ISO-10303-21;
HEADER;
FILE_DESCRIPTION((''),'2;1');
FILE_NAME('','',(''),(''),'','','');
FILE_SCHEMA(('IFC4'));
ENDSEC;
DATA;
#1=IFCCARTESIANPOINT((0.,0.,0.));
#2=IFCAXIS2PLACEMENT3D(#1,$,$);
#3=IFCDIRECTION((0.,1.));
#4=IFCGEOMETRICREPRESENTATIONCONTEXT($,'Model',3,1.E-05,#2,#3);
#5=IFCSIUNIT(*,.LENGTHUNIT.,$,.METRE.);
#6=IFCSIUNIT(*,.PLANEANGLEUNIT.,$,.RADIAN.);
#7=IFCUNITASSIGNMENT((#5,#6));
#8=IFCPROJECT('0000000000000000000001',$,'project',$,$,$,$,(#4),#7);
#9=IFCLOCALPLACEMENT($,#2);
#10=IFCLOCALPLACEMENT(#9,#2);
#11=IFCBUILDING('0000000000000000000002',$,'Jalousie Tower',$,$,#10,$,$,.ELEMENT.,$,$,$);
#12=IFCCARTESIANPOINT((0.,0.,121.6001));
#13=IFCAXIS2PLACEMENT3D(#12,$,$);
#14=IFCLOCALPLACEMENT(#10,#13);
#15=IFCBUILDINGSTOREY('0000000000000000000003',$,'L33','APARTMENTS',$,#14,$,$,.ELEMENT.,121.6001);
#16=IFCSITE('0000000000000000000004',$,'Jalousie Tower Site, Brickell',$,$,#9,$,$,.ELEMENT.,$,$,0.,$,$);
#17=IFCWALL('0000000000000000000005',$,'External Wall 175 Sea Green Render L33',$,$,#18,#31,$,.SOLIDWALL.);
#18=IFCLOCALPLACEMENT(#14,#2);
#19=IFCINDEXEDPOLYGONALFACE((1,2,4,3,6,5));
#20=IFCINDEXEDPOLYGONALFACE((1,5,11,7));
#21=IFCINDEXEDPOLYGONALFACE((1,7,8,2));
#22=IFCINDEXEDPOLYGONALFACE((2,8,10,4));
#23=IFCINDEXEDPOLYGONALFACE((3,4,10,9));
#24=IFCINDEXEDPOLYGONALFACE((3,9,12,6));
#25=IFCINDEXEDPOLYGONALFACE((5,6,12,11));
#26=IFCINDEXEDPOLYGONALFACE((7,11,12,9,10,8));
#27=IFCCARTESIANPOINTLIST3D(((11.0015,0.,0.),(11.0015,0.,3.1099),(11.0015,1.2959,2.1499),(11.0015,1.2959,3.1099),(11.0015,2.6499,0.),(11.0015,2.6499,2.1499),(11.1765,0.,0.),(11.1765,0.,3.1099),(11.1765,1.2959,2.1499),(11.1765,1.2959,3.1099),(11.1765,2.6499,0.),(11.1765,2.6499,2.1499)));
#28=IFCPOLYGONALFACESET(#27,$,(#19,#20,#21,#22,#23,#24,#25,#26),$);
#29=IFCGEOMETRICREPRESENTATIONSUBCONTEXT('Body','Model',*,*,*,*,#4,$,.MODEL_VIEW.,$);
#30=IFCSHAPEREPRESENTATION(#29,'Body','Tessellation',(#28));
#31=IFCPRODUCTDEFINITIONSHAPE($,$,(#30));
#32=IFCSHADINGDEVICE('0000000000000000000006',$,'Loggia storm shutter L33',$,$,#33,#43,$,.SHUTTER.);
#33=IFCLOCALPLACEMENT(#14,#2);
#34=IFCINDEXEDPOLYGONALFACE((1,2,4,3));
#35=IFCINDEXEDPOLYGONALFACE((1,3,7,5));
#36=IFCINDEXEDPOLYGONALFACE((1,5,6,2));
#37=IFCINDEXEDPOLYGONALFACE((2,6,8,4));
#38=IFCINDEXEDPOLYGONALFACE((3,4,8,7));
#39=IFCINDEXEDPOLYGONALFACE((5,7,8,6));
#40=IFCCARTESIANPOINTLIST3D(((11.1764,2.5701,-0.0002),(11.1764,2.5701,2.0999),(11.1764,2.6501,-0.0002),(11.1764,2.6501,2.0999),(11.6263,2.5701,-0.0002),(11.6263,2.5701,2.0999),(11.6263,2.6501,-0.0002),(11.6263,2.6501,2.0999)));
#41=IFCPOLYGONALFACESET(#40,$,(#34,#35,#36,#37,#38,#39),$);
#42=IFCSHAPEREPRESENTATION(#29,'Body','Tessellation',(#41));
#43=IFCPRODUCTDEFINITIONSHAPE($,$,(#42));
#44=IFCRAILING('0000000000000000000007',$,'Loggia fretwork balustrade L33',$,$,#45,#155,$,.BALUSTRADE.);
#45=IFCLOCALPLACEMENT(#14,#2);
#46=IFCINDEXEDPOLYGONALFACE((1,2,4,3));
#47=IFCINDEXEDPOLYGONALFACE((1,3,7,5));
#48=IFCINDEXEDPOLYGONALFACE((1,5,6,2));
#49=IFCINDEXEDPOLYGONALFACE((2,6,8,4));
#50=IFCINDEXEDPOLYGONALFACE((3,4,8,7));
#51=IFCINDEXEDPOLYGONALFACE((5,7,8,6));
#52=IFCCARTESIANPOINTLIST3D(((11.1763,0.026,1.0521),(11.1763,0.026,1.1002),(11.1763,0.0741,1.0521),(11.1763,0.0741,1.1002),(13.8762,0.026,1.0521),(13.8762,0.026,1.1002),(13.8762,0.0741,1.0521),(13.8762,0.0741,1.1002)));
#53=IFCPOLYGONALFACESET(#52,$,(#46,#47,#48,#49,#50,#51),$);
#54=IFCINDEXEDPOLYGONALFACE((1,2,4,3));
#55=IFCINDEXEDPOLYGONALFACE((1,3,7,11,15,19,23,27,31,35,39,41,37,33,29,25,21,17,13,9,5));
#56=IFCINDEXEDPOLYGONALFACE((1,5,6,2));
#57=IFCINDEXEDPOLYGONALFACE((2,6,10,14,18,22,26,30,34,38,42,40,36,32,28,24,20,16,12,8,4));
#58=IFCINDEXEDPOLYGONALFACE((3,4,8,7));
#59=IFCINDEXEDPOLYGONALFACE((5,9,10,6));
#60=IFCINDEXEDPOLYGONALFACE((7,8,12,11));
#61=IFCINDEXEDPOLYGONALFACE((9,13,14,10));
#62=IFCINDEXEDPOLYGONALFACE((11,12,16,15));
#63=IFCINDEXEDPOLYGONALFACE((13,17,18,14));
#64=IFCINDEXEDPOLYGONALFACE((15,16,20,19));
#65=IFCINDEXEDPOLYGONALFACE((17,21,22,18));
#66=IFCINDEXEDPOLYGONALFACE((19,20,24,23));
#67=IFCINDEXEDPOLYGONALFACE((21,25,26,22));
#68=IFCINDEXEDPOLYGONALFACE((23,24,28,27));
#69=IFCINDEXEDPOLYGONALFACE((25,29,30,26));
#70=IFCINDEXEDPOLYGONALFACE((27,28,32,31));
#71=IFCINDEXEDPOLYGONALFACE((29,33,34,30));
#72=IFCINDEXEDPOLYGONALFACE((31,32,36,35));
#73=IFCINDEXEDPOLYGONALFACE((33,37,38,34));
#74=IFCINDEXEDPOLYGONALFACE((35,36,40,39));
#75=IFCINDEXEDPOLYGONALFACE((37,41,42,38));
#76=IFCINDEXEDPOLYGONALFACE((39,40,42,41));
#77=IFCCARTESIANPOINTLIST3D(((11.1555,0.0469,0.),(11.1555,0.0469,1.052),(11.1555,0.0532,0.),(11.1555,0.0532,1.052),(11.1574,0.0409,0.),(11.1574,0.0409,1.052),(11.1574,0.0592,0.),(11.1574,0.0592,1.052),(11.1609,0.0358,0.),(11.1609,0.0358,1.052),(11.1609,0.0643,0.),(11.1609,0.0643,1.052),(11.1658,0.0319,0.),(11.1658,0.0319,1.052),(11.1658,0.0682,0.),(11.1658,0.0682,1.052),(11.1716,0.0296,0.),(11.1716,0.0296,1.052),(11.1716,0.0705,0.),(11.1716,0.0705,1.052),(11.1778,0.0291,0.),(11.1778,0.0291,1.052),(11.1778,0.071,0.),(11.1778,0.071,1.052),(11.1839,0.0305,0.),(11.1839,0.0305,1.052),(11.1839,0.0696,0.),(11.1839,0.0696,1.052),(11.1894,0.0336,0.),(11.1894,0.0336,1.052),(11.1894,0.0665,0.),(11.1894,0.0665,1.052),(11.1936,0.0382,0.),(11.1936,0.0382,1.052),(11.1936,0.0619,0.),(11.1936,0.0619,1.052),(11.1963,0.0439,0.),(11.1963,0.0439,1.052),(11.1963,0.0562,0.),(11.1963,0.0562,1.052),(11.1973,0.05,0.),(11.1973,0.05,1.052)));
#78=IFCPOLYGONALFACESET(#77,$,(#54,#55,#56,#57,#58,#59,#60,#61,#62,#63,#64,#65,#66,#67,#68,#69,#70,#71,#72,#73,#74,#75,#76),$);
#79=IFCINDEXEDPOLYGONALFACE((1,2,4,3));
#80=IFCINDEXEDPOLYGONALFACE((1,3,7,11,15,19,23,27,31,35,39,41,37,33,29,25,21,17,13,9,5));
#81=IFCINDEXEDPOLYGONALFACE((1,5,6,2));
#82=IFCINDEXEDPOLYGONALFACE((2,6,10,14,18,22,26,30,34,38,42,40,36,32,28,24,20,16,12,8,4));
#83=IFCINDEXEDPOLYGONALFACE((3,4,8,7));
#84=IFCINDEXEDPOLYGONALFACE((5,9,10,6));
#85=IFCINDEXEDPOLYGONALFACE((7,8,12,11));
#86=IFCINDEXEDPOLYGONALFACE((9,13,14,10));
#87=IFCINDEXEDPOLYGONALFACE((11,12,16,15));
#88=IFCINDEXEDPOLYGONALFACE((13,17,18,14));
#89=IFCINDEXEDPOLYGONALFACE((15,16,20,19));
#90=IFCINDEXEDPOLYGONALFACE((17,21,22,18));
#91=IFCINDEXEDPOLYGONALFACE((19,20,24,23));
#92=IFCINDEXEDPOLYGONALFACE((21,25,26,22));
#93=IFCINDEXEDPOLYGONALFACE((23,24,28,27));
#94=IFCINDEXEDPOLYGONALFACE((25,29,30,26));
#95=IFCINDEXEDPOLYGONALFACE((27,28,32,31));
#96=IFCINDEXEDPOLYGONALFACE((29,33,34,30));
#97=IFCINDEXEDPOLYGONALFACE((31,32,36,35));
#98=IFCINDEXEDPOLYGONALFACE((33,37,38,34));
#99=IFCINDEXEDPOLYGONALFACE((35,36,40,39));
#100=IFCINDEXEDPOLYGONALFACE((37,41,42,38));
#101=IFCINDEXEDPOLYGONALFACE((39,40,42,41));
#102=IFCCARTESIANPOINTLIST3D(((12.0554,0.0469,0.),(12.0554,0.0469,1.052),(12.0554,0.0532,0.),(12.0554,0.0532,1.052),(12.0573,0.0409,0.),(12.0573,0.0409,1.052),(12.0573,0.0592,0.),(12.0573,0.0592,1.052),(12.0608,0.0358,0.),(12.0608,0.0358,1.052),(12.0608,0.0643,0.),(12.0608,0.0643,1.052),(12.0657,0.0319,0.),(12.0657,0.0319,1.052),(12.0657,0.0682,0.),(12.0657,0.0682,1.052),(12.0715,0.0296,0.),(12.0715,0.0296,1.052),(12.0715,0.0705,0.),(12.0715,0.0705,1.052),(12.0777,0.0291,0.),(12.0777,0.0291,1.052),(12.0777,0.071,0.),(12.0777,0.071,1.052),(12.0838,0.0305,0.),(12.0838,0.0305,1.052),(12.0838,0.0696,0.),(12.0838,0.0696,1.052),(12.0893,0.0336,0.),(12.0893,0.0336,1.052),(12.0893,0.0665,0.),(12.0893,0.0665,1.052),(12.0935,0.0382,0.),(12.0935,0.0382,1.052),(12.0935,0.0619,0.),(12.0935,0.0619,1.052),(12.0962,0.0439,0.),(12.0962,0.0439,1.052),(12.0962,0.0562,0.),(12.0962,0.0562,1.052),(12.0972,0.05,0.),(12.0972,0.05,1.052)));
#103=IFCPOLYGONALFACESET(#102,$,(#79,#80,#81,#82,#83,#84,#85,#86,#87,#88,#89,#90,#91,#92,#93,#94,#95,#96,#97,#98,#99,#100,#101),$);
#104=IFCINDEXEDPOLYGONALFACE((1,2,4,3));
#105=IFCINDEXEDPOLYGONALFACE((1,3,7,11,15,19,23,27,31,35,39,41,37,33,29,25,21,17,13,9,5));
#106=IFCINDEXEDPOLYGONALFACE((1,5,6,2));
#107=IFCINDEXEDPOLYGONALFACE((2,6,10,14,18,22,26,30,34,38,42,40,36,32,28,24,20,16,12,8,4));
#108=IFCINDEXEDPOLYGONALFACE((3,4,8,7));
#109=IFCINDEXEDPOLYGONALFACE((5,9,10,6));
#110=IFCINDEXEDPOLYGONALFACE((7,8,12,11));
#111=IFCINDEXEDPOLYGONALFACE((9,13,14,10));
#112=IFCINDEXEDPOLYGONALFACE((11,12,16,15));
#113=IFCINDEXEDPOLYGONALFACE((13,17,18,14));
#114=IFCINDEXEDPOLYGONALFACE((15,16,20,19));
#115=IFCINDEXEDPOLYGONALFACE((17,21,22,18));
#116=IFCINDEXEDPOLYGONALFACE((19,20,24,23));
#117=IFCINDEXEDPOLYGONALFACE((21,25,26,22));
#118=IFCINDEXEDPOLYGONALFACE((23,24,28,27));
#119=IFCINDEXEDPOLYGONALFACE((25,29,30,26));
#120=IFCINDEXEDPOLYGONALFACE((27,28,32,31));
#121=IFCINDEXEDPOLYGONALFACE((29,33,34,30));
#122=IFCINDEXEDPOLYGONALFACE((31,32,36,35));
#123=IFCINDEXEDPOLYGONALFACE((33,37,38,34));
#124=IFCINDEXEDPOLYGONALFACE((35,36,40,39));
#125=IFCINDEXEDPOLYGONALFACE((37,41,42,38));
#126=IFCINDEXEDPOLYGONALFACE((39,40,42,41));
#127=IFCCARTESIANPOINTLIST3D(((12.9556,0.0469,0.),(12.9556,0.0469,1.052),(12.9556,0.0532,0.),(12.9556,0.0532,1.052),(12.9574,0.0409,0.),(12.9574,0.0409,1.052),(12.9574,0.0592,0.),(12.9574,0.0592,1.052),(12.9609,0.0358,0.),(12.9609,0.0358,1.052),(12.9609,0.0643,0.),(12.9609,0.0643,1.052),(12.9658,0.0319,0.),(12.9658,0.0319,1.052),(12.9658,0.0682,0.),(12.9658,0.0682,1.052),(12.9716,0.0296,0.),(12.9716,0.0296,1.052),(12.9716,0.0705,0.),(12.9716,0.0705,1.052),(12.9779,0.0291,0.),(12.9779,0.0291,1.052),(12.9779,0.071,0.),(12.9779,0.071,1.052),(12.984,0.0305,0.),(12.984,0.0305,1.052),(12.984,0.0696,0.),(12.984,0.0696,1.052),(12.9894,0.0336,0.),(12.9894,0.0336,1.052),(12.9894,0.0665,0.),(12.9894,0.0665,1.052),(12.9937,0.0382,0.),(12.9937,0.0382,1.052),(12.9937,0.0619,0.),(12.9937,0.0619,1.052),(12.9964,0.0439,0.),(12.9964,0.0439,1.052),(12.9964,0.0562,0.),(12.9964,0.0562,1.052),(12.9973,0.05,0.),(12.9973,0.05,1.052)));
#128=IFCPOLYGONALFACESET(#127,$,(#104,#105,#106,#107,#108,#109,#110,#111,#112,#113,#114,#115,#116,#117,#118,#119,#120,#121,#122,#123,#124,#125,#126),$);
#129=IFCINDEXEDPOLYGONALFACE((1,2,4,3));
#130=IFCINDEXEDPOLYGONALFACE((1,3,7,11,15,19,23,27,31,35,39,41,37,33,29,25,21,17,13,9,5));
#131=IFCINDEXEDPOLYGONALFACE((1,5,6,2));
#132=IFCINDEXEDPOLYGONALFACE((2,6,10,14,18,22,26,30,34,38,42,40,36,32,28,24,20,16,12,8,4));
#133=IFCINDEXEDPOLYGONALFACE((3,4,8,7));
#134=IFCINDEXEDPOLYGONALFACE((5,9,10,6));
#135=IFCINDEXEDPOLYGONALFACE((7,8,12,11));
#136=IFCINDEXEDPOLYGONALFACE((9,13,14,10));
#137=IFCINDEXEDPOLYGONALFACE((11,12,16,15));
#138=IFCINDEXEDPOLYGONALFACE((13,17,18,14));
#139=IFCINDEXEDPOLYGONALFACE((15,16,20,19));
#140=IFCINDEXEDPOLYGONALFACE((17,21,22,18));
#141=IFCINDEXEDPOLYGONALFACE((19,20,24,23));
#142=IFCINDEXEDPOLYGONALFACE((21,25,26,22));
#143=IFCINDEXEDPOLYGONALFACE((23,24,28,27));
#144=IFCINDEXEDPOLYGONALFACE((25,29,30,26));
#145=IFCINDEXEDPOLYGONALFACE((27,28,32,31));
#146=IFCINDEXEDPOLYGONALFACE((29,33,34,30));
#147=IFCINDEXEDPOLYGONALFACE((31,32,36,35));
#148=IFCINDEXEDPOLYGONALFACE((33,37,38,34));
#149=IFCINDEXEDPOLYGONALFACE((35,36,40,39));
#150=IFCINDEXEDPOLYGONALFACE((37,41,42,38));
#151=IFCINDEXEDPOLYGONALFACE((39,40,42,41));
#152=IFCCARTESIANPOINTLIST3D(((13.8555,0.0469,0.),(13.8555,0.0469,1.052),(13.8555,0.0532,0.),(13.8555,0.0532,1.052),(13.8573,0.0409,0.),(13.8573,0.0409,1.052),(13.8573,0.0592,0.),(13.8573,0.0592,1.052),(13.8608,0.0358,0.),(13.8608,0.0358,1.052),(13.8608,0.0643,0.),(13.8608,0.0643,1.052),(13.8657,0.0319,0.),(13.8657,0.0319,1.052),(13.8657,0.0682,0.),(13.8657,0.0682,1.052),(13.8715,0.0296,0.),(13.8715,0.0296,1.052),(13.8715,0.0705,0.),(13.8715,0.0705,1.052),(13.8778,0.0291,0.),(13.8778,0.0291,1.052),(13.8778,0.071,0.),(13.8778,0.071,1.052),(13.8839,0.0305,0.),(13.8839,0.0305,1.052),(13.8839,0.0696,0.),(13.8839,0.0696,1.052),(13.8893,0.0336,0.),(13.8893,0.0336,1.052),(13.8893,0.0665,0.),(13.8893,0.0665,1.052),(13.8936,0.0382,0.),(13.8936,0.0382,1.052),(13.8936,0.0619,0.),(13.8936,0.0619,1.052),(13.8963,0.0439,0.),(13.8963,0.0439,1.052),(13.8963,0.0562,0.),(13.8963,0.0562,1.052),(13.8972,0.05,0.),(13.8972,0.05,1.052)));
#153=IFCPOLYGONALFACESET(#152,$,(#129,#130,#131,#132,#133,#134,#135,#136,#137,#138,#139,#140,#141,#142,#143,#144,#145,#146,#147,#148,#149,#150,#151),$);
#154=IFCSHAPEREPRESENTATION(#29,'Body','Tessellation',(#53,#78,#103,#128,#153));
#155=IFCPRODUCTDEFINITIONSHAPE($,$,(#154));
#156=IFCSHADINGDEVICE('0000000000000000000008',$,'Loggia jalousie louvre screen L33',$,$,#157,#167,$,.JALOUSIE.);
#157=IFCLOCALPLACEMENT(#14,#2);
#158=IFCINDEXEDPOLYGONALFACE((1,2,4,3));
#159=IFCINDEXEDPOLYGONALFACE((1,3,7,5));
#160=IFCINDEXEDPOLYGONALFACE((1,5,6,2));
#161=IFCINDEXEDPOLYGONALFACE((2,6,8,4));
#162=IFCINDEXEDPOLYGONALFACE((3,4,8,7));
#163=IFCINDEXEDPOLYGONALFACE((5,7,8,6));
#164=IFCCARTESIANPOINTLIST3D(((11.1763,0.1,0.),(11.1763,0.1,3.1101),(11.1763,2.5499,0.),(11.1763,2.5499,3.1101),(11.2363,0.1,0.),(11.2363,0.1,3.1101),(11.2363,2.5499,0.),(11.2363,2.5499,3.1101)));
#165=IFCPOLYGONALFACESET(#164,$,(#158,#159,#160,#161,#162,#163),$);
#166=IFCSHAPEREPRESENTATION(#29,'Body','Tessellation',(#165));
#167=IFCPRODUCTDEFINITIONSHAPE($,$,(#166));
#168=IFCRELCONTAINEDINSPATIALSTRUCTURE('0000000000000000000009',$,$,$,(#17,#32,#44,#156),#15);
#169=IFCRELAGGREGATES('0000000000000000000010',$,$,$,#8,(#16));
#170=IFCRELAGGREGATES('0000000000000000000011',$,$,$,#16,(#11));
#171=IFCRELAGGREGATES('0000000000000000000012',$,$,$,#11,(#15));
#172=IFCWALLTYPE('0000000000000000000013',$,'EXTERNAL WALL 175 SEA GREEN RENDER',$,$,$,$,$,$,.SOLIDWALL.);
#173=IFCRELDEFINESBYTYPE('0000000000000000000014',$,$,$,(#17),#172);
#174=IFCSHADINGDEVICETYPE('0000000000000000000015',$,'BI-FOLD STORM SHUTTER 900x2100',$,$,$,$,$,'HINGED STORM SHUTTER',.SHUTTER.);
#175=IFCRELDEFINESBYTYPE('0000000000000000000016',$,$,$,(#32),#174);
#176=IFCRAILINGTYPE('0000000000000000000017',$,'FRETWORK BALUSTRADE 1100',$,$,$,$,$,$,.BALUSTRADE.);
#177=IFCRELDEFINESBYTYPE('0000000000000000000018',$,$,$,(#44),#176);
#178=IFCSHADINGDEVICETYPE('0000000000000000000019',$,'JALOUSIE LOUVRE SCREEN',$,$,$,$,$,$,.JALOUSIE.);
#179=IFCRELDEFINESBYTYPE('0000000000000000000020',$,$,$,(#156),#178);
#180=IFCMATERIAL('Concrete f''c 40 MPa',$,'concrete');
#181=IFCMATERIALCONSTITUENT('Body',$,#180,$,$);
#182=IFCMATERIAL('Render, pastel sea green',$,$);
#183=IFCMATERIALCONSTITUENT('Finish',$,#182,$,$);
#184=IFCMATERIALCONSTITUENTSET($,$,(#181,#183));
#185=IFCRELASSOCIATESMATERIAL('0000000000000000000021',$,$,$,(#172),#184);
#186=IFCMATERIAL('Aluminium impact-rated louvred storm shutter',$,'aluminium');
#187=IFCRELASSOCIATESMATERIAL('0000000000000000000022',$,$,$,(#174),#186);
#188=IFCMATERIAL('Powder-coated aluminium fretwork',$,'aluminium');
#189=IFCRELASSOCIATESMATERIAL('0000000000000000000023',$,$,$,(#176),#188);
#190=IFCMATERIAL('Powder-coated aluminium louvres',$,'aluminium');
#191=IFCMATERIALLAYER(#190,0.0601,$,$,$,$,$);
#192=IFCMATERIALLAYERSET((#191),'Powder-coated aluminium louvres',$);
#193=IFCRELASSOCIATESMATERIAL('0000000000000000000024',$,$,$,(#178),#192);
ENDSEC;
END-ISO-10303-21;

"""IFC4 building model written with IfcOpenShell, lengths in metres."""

from ifc_helpers import new_model, si_unit, direction, frame, origin, origin_2d, place, context, subcontext, project, spatial, polyline, rectangle, circle, outline, extrude, material, layer, layer_set, constituent, constituent_set, type_object, element, save


model = new_model("IFC4")

# Units and contexts
model_context = context("Model", 3, precision=1e-05, world=origin(), true_north=direction((0.0, 1.0)))
body_context = subcontext(model_context, "Body", "Model", "MODEL_VIEW")
ifc_project = project(units=[si_unit("LENGTHUNIT", "METRE"), si_unit("PLANEANGLEUNIT", "RADIAN")], contexts=[model_context])

# Site, building, storey
site_placement = place(None, origin())
site = spatial("IfcSite", under=ifc_project, at=site_placement, Name="Jalousie Tower Site, Brickell", CompositionType="ELEMENT", RefElevation=0.0)
building_placement = place(site_placement, origin())
building = spatial("IfcBuilding", under=site, at=building_placement, Name="Jalousie Tower", CompositionType="ELEMENT")
storey_placement = place(building_placement, frame((0.0, 0.0, 121.6001)))
storey = spatial("IfcBuildingStorey", under=building, at=storey_placement, Name="L33", Description="APARTMENTS", CompositionType="ELEMENT", Elevation=121.6001)

# Shared definitions
ifc_material_1 = material(Name="Concrete f'c 40 MPa", Category="concrete")
ifc_constituent_1 = constituent(ifc_material_1, Name="Body")
ifc_material_2 = material(Name="Render, pastel sea green")
ifc_constituent_2 = constituent(ifc_material_2, Name="Finish")
ifc_constituent_set = constituent_set(constituents=[ifc_constituent_1, ifc_constituent_2])
wall_type = type_object("IfcWallType", Name="EXTERNAL WALL 175 SEA GREEN RENDER", PredefinedType="SOLIDWALL", material=ifc_constituent_set)

# Wall
wall_1_placement = place(storey_placement, frame((11.0889, 0.0, 0.0), z_axis=(0.0, 0.0, 1.0), x_axis=(0.0, 1.0, 0.0)))
element("IfcWall", 1, at=wall_1_placement, inside=storey, type_object=wall_type, Name="External Wall 175 Sea Green Render L33", PredefinedType="SOLIDWALL", context=body_context, shape_type="SweptSolid", body=[
    extrude(outline(polyline([(0.0, 0.0), (2.6499, 0.0), (2.6499, 2.1499), (1.2959, 2.1499), (1.2959, 3.1099), (0.0, 3.1099), (0.0, 0.0)])), frame((0.0, 0.0874, 0.0), z_axis=(0.0, -1.0, 0.0), x_axis=(1.0, 0.0, 0.0)), (0.0, 0.0, 1.0), 0.175),
])

# Shading device
ifc_material_3 = material(Name="Aluminium impact-rated louvred storm shutter", Category="aluminium")
shading_device_type_1 = type_object("IfcShadingDeviceType", Name="BI-FOLD STORM SHUTTER 900x2100", ElementType="HINGED STORM SHUTTER", PredefinedType="SHUTTER", material=ifc_material_3)
shading_device_1_placement = place(storey_placement, frame((11.4014, 2.6101, -0.0002), z_axis=(0.0, 0.0, 1.0), x_axis=(1.0, 0.0, 0.0)))
element("IfcShadingDevice", 2, at=shading_device_1_placement, inside=storey, type_object=shading_device_type_1, Name="Loggia storm shutter L33", PredefinedType="SHUTTER", context=body_context, shape_type="SweptSolid", body=[
    extrude(rectangle(XDim=0.45, YDim=0.0801, at=origin_2d()), origin(), (0.0, 0.0, 1.0), 2.1001),
])

# Railing
ifc_material_4 = material(Name="Powder-coated aluminium fretwork", Category="aluminium")
railing_type = type_object("IfcRailingType", Name="FRETWORK BALUSTRADE 1100", PredefinedType="BALUSTRADE", material=ifc_material_4)
railing_placement = place(storey_placement, frame((11.1763, 0.05, 0.0)))
element("IfcRailing", 3, at=railing_placement, inside=storey, type_object=railing_type, Name="Loggia fretwork balustrade L33", PredefinedType="BALUSTRADE", context=body_context, shape_type="SweptSolid", body=[
    extrude(rectangle(XDim=0.0481, YDim=0.0481, at=origin_2d()), frame((0.0, 0.0, 1.0762), z_axis=(1.0, 0.0, 0.0), x_axis=(0.0, 1.0, 0.0)), (0.0, 0.0, 1.0), 2.7),
    extrude(circle(Radius=0.021, at=origin_2d()), origin(), (0.0, 0.0, 1.0), 1.052),
    extrude(circle(Radius=0.021, at=origin_2d()), frame((0.8999, 0.0, 0.0)), (0.0, 0.0, 1.0), 1.052),
    extrude(circle(Radius=0.021, at=origin_2d()), frame((1.8, 0.0, 0.0)), (0.0, 0.0, 1.0), 1.052),
    extrude(circle(Radius=0.021, at=origin_2d()), frame((2.7, 0.0, 0.0)), (0.0, 0.0, 1.0), 1.052),
])

# Shading device
ifc_material_5 = material(Name="Powder-coated aluminium louvres", Category="aluminium")
ifc_layer_1 = layer(ifc_material_5, 0.0601)
ifc_layer_set_1 = layer_set([ifc_layer_1], Name="Powder-coated aluminium louvres")
shading_device_type_2 = type_object("IfcShadingDeviceType", Name="JALOUSIE LOUVRE SCREEN", PredefinedType="JALOUSIE", material=ifc_layer_set_1)
shading_device_2_placement = place(storey_placement, frame((11.2063, 1.325, 0.0), z_axis=(0.0, 0.0, 1.0), x_axis=(1.0, 0.0, 0.0)))
element("IfcShadingDevice", 4, at=shading_device_2_placement, inside=storey, type_object=shading_device_type_2, Name="Loggia jalousie louvre screen L33", PredefinedType="JALOUSIE", context=body_context, shape_type="SweptSolid", body=[
    extrude(rectangle(XDim=0.0601, YDim=2.45, at=origin_2d()), origin(), (0.0, 0.0, 1.0), 3.1101),
])

save(model, "model.ifc")
